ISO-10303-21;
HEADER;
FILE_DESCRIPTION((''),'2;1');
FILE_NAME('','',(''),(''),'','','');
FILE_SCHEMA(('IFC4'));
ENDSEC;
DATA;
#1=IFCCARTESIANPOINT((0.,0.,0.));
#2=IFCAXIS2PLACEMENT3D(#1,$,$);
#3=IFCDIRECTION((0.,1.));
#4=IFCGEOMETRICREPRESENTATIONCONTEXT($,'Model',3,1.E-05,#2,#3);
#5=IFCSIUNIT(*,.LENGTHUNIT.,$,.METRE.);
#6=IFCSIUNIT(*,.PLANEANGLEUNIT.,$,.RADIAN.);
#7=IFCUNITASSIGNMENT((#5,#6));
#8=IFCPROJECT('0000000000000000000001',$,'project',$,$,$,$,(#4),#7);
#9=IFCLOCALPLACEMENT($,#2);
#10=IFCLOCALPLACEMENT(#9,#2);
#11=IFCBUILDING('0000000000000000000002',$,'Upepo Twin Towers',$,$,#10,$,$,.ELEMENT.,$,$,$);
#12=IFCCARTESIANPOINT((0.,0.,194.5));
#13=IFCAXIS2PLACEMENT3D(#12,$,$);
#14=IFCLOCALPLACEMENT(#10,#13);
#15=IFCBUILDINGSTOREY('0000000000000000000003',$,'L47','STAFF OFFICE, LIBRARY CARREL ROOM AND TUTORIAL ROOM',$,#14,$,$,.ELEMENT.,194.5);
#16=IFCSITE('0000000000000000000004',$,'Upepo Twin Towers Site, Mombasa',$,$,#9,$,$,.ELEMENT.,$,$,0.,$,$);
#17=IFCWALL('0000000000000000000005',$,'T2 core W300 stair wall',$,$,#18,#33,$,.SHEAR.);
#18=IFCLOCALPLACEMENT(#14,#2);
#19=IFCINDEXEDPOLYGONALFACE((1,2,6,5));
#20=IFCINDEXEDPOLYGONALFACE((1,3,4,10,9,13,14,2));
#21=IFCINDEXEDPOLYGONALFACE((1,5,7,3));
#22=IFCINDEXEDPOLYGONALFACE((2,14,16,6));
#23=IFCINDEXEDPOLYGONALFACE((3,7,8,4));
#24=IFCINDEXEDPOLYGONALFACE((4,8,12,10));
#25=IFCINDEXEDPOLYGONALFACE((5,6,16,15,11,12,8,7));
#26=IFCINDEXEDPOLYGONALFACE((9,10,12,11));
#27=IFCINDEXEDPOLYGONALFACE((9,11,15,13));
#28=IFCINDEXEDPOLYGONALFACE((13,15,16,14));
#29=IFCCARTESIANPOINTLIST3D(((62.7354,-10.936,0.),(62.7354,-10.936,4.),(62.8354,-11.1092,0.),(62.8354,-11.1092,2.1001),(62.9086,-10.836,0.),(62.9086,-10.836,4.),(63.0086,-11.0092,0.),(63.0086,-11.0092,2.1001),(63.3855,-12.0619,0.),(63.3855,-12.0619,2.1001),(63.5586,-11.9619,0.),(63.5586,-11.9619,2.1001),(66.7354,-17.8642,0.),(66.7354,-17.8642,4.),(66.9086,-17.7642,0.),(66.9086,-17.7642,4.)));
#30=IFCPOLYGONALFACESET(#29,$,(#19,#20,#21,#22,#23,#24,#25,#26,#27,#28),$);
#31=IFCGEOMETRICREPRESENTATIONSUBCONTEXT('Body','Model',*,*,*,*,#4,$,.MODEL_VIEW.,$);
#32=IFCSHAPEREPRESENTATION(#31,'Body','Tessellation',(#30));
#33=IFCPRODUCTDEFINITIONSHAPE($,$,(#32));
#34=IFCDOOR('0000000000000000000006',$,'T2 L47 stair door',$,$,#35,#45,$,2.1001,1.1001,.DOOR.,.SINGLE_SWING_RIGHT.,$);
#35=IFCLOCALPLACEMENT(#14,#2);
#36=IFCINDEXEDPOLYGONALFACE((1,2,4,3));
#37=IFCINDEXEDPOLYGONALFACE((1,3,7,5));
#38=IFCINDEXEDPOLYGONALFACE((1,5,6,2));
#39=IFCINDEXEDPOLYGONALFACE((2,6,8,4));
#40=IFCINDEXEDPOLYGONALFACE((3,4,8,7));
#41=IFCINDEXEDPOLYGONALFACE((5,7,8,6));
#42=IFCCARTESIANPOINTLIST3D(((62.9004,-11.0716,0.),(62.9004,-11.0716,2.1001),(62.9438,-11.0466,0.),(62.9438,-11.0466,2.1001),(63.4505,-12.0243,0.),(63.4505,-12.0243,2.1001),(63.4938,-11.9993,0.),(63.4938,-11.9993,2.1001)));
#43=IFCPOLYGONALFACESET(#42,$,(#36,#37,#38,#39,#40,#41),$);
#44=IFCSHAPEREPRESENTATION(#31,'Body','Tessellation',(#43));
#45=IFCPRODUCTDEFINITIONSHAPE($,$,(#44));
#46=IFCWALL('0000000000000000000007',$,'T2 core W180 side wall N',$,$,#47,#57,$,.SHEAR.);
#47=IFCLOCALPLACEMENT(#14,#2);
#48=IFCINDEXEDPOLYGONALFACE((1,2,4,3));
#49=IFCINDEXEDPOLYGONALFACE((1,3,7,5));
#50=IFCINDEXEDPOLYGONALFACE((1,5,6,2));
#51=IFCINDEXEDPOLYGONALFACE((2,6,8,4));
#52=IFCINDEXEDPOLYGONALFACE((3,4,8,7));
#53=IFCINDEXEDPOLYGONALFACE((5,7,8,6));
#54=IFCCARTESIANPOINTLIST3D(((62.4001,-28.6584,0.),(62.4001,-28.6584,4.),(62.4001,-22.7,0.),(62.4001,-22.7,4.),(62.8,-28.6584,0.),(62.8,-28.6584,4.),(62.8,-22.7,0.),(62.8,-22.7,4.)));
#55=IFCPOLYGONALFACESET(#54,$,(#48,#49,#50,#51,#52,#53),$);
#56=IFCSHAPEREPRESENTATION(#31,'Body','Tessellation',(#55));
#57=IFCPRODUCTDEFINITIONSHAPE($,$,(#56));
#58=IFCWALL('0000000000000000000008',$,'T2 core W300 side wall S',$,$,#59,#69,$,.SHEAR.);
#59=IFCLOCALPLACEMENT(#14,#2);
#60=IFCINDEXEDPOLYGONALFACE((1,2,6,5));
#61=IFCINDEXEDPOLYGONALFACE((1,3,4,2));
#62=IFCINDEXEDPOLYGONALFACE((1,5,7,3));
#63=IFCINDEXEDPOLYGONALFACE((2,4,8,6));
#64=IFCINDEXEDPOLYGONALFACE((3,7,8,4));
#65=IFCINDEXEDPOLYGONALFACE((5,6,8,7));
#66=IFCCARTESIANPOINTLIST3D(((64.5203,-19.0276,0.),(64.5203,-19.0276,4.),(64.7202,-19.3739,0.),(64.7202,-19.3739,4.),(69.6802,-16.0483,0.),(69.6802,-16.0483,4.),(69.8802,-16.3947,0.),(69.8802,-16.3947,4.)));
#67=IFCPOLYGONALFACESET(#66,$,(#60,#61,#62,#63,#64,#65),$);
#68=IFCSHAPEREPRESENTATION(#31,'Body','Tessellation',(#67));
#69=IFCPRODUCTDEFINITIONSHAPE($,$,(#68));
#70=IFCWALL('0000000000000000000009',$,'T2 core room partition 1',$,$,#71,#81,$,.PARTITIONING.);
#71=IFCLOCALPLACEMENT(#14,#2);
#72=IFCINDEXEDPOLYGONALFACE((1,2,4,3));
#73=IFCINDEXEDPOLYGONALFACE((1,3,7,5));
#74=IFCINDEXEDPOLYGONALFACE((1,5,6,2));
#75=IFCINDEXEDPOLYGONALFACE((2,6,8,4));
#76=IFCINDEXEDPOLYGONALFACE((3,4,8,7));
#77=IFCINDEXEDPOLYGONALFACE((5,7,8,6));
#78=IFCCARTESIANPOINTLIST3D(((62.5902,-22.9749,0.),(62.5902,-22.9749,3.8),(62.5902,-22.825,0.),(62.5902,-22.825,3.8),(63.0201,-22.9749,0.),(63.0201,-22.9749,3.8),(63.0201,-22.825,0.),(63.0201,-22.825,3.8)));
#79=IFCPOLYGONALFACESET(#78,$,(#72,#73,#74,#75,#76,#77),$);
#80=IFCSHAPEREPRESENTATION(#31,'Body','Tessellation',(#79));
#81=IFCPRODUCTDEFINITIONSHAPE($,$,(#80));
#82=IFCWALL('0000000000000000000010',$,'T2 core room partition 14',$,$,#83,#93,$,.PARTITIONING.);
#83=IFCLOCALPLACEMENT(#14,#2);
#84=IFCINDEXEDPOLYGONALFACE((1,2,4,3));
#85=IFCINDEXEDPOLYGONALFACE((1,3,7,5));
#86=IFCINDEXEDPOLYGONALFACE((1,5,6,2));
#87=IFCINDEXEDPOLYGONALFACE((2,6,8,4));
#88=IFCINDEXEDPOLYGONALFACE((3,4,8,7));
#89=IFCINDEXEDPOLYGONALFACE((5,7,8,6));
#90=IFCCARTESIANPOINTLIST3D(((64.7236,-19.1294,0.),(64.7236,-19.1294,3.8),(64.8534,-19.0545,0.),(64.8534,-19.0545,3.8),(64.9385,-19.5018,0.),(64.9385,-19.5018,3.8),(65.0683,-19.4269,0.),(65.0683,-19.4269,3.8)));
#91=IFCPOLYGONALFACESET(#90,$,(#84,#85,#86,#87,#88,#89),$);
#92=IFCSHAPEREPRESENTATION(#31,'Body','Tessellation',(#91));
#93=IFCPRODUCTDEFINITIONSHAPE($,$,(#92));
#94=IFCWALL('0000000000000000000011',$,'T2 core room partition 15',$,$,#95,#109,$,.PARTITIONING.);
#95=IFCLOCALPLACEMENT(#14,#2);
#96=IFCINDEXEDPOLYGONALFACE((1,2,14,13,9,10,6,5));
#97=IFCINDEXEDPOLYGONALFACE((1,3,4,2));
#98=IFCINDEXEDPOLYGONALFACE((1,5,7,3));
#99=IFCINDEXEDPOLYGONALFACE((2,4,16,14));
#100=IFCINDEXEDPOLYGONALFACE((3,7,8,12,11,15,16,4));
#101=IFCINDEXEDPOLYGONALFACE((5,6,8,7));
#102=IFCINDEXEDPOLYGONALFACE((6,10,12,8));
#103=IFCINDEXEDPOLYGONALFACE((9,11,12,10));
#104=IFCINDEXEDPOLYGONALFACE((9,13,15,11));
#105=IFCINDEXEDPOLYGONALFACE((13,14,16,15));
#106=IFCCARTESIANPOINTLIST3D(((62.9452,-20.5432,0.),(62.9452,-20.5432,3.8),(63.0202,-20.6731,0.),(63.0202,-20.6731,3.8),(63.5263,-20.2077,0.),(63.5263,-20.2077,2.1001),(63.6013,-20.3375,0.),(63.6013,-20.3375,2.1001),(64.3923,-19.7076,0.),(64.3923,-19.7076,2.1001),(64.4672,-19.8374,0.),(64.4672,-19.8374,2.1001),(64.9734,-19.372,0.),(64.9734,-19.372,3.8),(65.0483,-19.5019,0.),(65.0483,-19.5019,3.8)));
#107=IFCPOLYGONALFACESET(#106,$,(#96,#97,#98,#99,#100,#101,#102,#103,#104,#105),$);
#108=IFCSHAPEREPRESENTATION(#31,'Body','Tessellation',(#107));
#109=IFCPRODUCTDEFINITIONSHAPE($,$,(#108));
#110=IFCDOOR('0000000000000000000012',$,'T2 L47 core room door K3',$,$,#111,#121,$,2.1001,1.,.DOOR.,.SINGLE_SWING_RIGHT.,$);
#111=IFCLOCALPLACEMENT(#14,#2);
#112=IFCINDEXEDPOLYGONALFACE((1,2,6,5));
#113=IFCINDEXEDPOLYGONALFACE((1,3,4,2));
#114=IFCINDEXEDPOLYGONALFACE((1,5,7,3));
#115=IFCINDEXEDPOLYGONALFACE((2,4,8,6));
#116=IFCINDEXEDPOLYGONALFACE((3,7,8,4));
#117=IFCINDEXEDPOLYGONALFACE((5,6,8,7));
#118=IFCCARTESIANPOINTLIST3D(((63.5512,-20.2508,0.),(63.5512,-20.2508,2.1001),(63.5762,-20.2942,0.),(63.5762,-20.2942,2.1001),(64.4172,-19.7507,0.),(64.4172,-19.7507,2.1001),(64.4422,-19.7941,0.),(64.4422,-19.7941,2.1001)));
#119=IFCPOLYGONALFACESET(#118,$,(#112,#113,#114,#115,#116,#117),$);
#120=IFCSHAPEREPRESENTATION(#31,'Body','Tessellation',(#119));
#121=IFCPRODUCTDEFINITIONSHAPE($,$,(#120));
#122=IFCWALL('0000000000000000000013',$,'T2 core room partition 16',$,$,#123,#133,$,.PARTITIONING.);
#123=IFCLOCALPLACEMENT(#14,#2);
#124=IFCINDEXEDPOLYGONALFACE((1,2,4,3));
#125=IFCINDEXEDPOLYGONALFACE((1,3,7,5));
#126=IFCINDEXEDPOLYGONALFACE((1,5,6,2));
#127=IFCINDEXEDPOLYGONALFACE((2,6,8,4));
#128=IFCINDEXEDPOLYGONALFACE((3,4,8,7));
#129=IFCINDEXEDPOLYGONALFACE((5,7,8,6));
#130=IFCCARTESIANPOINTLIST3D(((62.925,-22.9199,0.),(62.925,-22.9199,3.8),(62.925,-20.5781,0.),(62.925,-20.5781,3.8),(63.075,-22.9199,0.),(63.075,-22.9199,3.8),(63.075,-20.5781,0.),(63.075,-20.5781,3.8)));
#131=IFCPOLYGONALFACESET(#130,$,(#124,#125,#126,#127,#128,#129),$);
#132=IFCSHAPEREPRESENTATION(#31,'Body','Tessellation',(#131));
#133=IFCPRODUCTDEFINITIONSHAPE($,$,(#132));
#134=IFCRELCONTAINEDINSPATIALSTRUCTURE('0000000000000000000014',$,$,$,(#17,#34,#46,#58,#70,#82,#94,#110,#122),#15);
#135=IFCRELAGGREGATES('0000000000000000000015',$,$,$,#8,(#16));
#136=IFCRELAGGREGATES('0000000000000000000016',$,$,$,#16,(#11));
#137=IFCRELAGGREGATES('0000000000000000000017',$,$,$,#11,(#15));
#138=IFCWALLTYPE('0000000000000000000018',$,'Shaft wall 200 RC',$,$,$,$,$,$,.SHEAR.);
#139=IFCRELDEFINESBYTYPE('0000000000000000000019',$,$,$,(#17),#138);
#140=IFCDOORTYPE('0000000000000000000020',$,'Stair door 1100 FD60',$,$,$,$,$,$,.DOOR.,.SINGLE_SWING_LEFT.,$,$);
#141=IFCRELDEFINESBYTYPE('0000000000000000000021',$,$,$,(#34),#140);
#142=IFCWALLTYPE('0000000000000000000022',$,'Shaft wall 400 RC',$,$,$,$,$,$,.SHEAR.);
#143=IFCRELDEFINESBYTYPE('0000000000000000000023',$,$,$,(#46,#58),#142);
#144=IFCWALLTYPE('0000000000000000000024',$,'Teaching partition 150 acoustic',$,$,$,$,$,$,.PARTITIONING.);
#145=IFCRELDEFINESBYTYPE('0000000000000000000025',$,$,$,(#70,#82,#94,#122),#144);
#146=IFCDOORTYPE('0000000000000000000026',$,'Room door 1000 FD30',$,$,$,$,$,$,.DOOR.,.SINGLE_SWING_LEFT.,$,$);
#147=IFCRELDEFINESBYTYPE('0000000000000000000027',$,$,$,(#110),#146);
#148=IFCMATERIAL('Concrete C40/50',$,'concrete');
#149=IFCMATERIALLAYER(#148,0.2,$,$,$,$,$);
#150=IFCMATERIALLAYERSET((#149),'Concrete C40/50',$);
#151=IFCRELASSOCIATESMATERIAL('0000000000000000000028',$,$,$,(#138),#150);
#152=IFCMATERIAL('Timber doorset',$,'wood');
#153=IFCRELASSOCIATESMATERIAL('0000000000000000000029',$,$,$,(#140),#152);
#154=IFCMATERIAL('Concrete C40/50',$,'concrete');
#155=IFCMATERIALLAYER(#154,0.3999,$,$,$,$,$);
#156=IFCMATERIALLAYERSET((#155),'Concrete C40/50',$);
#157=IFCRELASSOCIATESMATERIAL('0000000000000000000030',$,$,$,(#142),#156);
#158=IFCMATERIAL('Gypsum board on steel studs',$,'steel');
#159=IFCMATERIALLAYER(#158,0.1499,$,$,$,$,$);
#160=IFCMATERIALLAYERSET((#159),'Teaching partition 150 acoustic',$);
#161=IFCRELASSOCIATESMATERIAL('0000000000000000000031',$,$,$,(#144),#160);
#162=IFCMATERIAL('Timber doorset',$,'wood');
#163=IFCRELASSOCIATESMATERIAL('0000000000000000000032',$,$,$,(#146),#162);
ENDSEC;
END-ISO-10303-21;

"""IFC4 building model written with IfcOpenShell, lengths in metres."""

from ifc_helpers import new_model, si_unit, direction, frame, frame_2d, origin, place, context, subcontext, project, spatial, rectangle, extrude, material, layer, layer_set, type_object, element, fill, save


model = new_model("IFC4")

# Units and contexts
model_context = context("Model", 3, precision=1e-05, world=origin(), true_north=direction((0.0, 1.0)))
body_context = subcontext(model_context, "Body", "Model", "MODEL_VIEW")
ifc_project = project(units=[si_unit("LENGTHUNIT", "METRE"), si_unit("PLANEANGLEUNIT", "RADIAN")], contexts=[model_context])

# Site, building, storey
site_placement = place(None, origin())
site = spatial("IfcSite", under=ifc_project, at=site_placement, Name="Upepo Twin Towers Site, Mombasa", CompositionType="ELEMENT", RefElevation=0.0)
building_placement = place(site_placement, origin())
building = spatial("IfcBuilding", under=site, at=building_placement, Name="Upepo Twin Towers", CompositionType="ELEMENT")
storey_placement = place(building_placement, frame((0.0, 0.0, 194.5)))
storey = spatial("IfcBuildingStorey", under=building, at=storey_placement, Name="L47", Description="STAFF OFFICE, LIBRARY CARREL ROOM AND TUTORIAL ROOM", CompositionType="ELEMENT", Elevation=194.5)

# Shared definitions
ifc_material_1 = material(Name="Concrete C40/50", Category="concrete")
ifc_layer_1 = layer(ifc_material_1, 0.2)
ifc_layer_set_1 = layer_set([ifc_layer_1], Name="Concrete C40/50")
wall_type_1 = type_object("IfcWallType", Name="Shaft wall 200 RC", PredefinedType="SHEAR", material=ifc_layer_set_1)

# Wall, opening, door
wall_1_placement = place(storey_placement, frame((66.822, -17.8142, 0.0), z_axis=(0.0, 0.0, 1.0), x_axis=(-0.499999, 0.866026, 0.0)))
wall_1 = element("IfcWall", 1, at=wall_1_placement, inside=storey, type_object=wall_type_1, Name="T2 core W300 stair wall", PredefinedType="SHEAR", context=body_context, shape_type="SweptSolid", body=[
    extrude(rectangle(XDim=8.0, YDim=0.2, at=frame_2d((4.0, 0.0))), origin(), (0.0, 0.0, 1.0), 4.0),
])
opening_1_placement = place(wall_1_placement, frame((6.7, 0.0, 0.0)))
opening_1 = element("IfcOpeningElement", 2, at=opening_1_placement, cuts=wall_1, PredefinedType="OPENING", context=body_context, shape_type="SweptSolid", body=[
    extrude(rectangle(XDim=1.1001, YDim=2.1001, at=frame_2d((0.55, 1.05))), frame((0.0, 0.1099, 0.0), z_axis=(0.0, -1.0, 0.0), x_axis=(1.0, 0.0, 0.0)), (0.0, 0.0, 1.0), 0.22),
])
ifc_material_2 = material(Name="Timber doorset", Category="wood")
door_type_1 = type_object("IfcDoorType", Name="Stair door 1100 FD60", OperationType="SINGLE_SWING_LEFT", PredefinedType="DOOR", material=ifc_material_2)
door_1_placement = place(opening_1_placement, origin())
door_1 = element("IfcDoor", 3, at=door_1_placement, inside=storey, type_object=door_type_1, Name="T2 L47 stair door", OperationType="SINGLE_SWING_RIGHT", OverallHeight=2.1001, OverallWidth=1.1001, PredefinedType="DOOR", context=body_context, shape_type="SweptSolid", body=[
    extrude(rectangle(XDim=1.1001, YDim=2.1001, at=frame_2d((0.55, 1.05))), frame((0.0, 0.0249, 0.0), z_axis=(0.0, -1.0, 0.0), x_axis=(1.0, 0.0, 0.0)), (0.0, 0.0, 1.0), 0.05),
])
fill(opening_1, door_1)

# Walls
ifc_material_3 = material(Name="Concrete C40/50", Category="concrete")
ifc_layer_2 = layer(ifc_material_3, 0.3999)
ifc_layer_set_2 = layer_set([ifc_layer_2], Name="Concrete C40/50")
wall_type_2 = type_object("IfcWallType", Name="Shaft wall 400 RC", PredefinedType="SHEAR", material=ifc_layer_set_2)
wall_2_placement = place(storey_placement, frame((62.6001, -22.7, 0.0), z_axis=(0.0, 0.0, 1.0), x_axis=(0.0, -1.0, 0.0)))
element("IfcWall", 4, at=wall_2_placement, inside=storey, type_object=wall_type_2, Name="T2 core W180 side wall N", PredefinedType="SHEAR", context=body_context, shape_type="SweptSolid", body=[
    extrude(rectangle(XDim=5.9585, YDim=0.3999, at=frame_2d((2.9792, 0.0))), origin(), (0.0, 0.0, 1.0), 4.0),
])
wall_3_placement = place(storey_placement, frame((64.6204, -19.2007, 0.0), z_axis=(0.0, 0.0, 1.0), x_axis=(0.866013, 0.500022, 0.0)))
element("IfcWall", 5, at=wall_3_placement, inside=storey, type_object=wall_type_2, Name="T2 core W300 side wall S", PredefinedType="SHEAR", context=body_context, shape_type="SweptSolid", body=[
    extrude(rectangle(XDim=5.9583, YDim=0.3999, at=frame_2d((2.979, 0.0))), origin(), (0.0, 0.0, 1.0), 4.0),
])
ifc_material_4 = material(Name="Gypsum board on steel studs", Category="steel")
ifc_layer_3 = layer(ifc_material_4, 0.1499)
ifc_layer_set_3 = layer_set([ifc_layer_3], Name="Teaching partition 150 acoustic")
wall_type_3 = type_object("IfcWallType", Name="Teaching partition 150 acoustic", PredefinedType="PARTITIONING", material=ifc_layer_set_3)
for number, where, z_axis, x_axis, name in (
    (6, (63.02, -22.8999, 0.0), (0.0, 0.0, 1.0), (-1.0, 0.0, 0.0), "T2 core room partition 1"),
    (7, (64.7886, -19.092, 0.0), (0.0, 0.0, 1.0), (0.499804, -0.866138, 0.0), "T2 core room partition 14"),
):
    element("IfcWall", number, at=place(storey_placement, frame(where, z_axis=z_axis, x_axis=x_axis)), inside=storey, type_object=wall_type_3, Name=name, PredefinedType="PARTITIONING", context=body_context, shape_type="SweptSolid", body=[
        extrude(rectangle(XDim=0.4299, YDim=0.1499, at=frame_2d((0.2148, 0.0))), origin(), (0.0, 0.0, 1.0), 3.8),
    ])

# Wall, opening, door
wall_4_placement = place(storey_placement, frame((65.0107, -19.437, 0.0), z_axis=(0.0, 0.0, 1.0), x_axis=(-0.865982, -0.500074, 0.0)))
wall_4 = element("IfcWall", 8, at=wall_4_placement, inside=storey, type_object=wall_type_3, Name="T2 core room partition 15", PredefinedType="PARTITIONING", context=body_context, shape_type="SweptSolid", body=[
    extrude(rectangle(XDim=2.342, YDim=0.1499, at=frame_2d((1.1709, 0.0))), origin(), (0.0, 0.0, 1.0), 3.8),
])
opening_2_placement = place(wall_4_placement, frame((0.6709, 0.0, 0.0)))
opening_2 = element("IfcOpeningElement", 9, at=opening_2_placement, cuts=wall_4, PredefinedType="OPENING", context=body_context, shape_type="SweptSolid", body=[
    extrude(rectangle(XDim=1.0, YDim=2.1001, at=frame_2d((0.5, 1.05))), frame((0.0, 0.085, 0.0), z_axis=(0.0, -1.0, 0.0), x_axis=(1.0, 0.0, 0.0)), (0.0, 0.0, 1.0), 0.1699),
])
ifc_material_5 = material(Name="Timber doorset", Category="wood")
door_type_2 = type_object("IfcDoorType", Name="Room door 1000 FD30", OperationType="SINGLE_SWING_LEFT", PredefinedType="DOOR", material=ifc_material_5)
door_2_placement = place(opening_2_placement, origin())
door_2 = element("IfcDoor", 10, at=door_2_placement, inside=storey, type_object=door_type_2, Name="T2 L47 core room door K3", OperationType="SINGLE_SWING_RIGHT", OverallHeight=2.1001, OverallWidth=1.0, PredefinedType="DOOR", context=body_context, shape_type="SweptSolid", body=[
    extrude(rectangle(XDim=1.0, YDim=2.1001, at=frame_2d((0.5, 1.05))), frame((0.0, 0.0249, 0.0), z_axis=(0.0, -1.0, 0.0), x_axis=(1.0, 0.0, 0.0)), (0.0, 0.0, 1.0), 0.05),
])
fill(opening_2, door_2)

# Wall
wall_5_placement = place(storey_placement, frame((63.0, -20.5781, 0.0), z_axis=(0.0, 0.0, 1.0), x_axis=(0.0, -1.0, 0.0)))
element("IfcWall", 11, at=wall_5_placement, inside=storey, type_object=wall_type_3, Name="T2 core room partition 16", PredefinedType="PARTITIONING", context=body_context, shape_type="SweptSolid", body=[
    extrude(rectangle(XDim=2.3418, YDim=0.1499, at=frame_2d((1.1709, 0.0))), origin(), (0.0, 0.0, 1.0), 3.8),
])

save(model, "model.ifc")
